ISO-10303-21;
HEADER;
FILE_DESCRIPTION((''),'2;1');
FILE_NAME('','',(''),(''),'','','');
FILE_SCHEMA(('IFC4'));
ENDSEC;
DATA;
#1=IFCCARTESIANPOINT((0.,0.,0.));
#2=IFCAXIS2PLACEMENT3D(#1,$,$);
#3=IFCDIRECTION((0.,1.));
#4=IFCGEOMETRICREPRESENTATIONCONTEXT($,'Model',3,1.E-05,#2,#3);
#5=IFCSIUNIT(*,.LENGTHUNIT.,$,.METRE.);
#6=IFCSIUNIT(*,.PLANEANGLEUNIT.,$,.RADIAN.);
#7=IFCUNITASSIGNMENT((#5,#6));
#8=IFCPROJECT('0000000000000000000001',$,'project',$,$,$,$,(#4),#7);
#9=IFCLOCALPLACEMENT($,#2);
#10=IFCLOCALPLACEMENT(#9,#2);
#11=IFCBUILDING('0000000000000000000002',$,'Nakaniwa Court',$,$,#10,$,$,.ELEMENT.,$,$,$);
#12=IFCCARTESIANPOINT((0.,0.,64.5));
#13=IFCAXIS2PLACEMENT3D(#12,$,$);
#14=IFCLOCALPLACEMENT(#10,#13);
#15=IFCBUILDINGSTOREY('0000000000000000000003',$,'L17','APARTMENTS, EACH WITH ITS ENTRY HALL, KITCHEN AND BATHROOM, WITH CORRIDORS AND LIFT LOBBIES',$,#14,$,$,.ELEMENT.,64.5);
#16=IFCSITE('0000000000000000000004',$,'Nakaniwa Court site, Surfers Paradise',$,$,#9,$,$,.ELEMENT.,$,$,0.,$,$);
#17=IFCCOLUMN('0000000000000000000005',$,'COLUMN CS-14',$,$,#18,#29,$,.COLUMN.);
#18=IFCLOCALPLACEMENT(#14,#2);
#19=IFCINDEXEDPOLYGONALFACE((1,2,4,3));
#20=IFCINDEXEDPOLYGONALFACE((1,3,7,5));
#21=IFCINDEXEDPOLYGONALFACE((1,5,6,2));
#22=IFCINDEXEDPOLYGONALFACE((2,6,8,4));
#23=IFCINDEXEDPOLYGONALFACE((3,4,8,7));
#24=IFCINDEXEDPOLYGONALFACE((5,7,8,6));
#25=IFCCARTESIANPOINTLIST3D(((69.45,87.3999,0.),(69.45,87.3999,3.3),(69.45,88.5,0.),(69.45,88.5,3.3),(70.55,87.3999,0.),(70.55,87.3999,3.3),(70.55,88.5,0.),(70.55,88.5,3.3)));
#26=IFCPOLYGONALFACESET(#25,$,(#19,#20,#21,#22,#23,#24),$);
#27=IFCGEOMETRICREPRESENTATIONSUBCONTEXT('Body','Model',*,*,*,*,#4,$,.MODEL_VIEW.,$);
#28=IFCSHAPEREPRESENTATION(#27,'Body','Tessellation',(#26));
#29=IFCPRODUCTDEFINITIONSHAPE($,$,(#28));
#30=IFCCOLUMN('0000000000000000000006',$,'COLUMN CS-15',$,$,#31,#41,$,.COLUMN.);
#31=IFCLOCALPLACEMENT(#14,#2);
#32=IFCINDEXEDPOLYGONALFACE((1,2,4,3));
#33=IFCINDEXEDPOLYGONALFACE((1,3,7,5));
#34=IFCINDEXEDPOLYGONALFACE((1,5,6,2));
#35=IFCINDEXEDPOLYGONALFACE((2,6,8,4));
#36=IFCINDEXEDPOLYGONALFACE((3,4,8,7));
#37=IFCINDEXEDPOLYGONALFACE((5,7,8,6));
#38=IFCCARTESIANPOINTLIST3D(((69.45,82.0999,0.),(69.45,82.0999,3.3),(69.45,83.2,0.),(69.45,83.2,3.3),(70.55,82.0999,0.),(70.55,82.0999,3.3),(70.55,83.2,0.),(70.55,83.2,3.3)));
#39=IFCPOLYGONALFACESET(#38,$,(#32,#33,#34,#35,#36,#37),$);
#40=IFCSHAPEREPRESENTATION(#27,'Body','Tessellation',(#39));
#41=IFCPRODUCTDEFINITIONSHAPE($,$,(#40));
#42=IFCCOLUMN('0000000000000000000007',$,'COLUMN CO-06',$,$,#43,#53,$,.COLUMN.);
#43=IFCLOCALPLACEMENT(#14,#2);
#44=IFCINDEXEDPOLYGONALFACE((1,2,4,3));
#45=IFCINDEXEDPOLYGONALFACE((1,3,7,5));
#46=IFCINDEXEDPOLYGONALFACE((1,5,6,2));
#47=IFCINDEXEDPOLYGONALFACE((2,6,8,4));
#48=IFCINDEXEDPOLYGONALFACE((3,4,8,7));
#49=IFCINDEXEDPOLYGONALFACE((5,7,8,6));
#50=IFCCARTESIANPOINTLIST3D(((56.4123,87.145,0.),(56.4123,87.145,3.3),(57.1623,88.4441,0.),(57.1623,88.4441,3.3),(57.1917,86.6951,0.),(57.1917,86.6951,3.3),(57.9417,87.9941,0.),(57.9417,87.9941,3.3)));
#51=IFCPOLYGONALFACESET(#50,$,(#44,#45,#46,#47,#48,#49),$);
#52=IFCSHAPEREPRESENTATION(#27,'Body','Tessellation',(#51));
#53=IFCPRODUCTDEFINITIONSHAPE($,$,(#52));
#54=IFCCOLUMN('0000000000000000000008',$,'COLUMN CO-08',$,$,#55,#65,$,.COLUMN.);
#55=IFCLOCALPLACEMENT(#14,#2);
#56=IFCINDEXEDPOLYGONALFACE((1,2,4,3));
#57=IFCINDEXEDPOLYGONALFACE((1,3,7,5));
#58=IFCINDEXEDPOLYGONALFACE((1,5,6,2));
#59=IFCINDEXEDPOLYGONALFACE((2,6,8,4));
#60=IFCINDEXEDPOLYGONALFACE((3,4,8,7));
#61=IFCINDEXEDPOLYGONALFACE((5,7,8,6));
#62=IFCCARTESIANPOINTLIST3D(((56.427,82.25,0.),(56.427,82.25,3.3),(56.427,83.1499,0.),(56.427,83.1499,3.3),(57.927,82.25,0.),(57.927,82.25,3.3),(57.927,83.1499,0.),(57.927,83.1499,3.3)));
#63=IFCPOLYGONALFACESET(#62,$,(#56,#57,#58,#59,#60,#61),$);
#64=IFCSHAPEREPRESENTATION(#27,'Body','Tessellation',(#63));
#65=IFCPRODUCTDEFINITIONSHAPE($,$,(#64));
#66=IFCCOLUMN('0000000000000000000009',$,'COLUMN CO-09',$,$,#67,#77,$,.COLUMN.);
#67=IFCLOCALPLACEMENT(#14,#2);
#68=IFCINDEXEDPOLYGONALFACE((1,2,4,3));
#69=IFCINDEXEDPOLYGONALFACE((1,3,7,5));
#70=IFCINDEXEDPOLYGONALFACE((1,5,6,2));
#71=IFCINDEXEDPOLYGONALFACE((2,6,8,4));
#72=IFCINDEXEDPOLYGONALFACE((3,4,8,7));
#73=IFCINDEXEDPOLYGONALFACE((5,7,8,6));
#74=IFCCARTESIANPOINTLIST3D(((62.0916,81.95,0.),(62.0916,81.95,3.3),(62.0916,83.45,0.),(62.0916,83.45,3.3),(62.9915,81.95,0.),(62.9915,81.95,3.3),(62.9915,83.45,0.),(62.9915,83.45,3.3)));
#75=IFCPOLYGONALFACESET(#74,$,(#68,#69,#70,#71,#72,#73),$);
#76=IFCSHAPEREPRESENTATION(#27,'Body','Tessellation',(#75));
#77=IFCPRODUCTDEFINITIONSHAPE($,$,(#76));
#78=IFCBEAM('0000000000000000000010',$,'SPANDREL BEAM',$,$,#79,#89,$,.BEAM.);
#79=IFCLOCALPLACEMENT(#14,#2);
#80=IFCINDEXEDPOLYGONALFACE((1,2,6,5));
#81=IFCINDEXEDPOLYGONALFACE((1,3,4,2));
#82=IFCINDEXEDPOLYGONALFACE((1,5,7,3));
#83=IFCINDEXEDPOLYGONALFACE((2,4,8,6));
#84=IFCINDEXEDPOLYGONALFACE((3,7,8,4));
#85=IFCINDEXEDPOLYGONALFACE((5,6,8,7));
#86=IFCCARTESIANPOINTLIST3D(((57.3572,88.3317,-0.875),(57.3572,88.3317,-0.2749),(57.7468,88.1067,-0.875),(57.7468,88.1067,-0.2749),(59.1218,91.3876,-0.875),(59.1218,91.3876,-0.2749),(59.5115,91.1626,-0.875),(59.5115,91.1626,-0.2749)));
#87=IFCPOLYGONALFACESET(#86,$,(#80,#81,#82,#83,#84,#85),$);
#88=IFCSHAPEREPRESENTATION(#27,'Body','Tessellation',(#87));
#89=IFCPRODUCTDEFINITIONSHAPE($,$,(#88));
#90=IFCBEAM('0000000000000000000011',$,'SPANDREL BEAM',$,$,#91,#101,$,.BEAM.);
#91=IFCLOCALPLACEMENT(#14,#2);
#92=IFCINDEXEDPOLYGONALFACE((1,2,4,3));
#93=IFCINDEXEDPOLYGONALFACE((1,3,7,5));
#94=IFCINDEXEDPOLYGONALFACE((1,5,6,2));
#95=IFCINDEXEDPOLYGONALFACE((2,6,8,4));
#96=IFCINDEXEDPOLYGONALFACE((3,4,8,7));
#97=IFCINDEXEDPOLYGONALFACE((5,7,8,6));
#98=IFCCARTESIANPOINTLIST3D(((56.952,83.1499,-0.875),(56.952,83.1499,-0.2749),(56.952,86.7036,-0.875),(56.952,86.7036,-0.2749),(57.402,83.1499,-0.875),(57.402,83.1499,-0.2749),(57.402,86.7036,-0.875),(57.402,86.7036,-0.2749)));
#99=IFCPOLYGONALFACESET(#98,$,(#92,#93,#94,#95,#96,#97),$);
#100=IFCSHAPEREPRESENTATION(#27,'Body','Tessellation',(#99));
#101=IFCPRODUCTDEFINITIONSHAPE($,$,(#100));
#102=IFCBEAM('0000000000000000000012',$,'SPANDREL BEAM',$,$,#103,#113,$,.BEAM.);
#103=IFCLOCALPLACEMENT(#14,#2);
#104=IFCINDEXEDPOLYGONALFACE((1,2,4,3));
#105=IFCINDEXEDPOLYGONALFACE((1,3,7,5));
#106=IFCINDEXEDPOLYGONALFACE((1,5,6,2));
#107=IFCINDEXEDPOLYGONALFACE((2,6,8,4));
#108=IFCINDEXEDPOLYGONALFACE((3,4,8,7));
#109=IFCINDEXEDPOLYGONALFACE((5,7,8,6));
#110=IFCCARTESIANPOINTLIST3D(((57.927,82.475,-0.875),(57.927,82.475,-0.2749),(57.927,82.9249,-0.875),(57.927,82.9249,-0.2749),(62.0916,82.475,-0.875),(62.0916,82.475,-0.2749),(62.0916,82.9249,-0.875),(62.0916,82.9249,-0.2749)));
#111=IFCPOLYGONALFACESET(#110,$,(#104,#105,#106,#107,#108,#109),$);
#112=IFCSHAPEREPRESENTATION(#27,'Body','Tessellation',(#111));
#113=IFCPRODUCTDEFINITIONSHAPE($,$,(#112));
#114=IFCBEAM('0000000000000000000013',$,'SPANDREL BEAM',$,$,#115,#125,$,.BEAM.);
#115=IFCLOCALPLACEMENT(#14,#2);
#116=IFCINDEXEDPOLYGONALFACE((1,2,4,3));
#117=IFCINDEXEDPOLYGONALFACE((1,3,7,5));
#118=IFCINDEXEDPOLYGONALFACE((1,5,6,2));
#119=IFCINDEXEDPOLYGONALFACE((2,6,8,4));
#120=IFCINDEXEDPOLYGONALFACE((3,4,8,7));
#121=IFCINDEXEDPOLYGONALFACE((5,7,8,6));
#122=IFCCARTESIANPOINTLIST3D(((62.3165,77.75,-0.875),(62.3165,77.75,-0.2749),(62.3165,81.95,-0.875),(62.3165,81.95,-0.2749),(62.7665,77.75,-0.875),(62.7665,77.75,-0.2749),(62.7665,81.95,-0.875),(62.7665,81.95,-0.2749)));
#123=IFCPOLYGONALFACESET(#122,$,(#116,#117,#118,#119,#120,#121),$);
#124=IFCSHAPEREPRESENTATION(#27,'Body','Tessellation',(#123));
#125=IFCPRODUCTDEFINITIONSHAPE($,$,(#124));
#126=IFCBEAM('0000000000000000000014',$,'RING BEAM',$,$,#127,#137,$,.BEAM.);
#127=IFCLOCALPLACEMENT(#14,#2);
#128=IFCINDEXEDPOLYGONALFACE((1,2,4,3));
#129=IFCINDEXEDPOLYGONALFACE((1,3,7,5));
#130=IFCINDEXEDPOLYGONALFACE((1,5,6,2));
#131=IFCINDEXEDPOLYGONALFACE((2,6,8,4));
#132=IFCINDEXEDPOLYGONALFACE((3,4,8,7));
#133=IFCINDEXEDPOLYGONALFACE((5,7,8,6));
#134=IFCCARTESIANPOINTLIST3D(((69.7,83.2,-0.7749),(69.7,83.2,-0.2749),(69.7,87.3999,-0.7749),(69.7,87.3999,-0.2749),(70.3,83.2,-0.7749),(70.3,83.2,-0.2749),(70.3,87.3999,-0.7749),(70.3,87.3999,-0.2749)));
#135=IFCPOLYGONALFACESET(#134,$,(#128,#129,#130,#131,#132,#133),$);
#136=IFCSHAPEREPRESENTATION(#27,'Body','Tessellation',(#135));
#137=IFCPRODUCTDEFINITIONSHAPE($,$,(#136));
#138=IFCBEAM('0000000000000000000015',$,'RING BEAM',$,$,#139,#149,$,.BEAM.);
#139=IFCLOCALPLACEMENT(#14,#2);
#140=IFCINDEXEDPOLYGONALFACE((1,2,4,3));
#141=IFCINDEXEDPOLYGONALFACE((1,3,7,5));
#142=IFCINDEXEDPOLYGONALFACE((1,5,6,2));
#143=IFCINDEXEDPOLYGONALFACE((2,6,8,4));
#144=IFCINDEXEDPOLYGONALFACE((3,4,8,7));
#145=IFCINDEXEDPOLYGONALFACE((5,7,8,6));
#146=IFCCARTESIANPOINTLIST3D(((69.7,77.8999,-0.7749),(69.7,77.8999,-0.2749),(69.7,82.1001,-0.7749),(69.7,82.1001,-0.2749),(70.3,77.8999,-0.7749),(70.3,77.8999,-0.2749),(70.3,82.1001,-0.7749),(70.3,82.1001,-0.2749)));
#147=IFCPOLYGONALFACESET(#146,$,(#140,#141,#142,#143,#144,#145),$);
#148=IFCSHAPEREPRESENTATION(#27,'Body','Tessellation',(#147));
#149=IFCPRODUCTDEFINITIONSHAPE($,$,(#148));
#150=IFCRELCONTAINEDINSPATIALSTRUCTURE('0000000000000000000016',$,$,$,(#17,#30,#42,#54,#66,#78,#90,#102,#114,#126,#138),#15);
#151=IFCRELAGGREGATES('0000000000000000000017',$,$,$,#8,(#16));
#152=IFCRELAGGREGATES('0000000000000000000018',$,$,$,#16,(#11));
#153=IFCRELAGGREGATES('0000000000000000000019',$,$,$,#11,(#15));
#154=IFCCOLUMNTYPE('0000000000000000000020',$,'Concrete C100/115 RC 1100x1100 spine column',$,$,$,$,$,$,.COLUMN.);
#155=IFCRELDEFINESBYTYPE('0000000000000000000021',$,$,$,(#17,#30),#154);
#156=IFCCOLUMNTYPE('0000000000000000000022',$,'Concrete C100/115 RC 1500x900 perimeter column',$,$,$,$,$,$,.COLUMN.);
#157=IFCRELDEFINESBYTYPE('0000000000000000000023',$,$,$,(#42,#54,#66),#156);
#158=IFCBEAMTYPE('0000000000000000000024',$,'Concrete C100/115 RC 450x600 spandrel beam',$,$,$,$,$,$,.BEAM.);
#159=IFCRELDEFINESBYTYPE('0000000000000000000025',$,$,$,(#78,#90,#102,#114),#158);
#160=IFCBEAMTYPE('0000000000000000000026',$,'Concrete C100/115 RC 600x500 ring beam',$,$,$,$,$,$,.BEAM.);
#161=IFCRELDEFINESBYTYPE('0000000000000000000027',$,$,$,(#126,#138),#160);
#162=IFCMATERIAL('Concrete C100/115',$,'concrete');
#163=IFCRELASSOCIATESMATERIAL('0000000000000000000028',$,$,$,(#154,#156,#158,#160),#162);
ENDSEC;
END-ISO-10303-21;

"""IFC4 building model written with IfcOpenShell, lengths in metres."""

from ifc_helpers import new_model, si_unit, direction, frame, origin, origin_2d, place, context, subcontext, project, spatial, rectangle, extrude, material, material_profile, profile_set, type_object, element, save


model = new_model("IFC4")

# Units and contexts
model_context = context("Model", 3, precision=1e-05, world=origin(), true_north=direction((0.0, 1.0)))
body_context = subcontext(model_context, "Body", "Model", "MODEL_VIEW")
ifc_project = project(units=[si_unit("LENGTHUNIT", "METRE"), si_unit("PLANEANGLEUNIT", "RADIAN")], contexts=[model_context])

# Site, building, storey
site_placement = place(None, origin())
site = spatial("IfcSite", under=ifc_project, at=site_placement, Name="Nakaniwa Court site, Surfers Paradise", CompositionType="ELEMENT", RefElevation=0.0)
building_placement = place(site_placement, origin())
building = spatial("IfcBuilding", under=site, at=building_placement, Name="Nakaniwa Court", CompositionType="ELEMENT")
storey_placement = place(building_placement, frame((0.0, 0.0, 64.5)))
storey = spatial("IfcBuildingStorey", under=building, at=storey_placement, Name="L17", Description="APARTMENTS, EACH WITH ITS ENTRY HALL, KITCHEN AND BATHROOM, WITH CORRIDORS AND LIFT LOBBIES", CompositionType="ELEMENT", Elevation=64.5)

# Columns
ifc_material_1 = material(Name="Concrete C100/115", Category="concrete")
ifc_material_profile_1 = material_profile(ifc_material_1, rectangle(XDim=1.1001, YDim=1.1001, at=origin_2d()), Name="Concrete C100/115 RC 1100x1100 spine column")
ifc_profile_set_1 = profile_set([ifc_material_profile_1], Name="Concrete C100/115")
column_type_1 = type_object("IfcColumnType", Name="Concrete C100/115 RC 1100x1100 spine column", PredefinedType="COLUMN", material=ifc_profile_set_1)
for number, where, z_axis, x_axis, name in (
    (1, (70.0, 87.95, 0.0), (0.0, 0.0, 1.0), (0.0, -1.0, 0.0), "COLUMN CS-14"),
    (2, (70.0, 82.6499, 0.0), (0.0, 0.0, 1.0), (0.0, -1.0, 0.0), "COLUMN CS-15"),
):
    element("IfcColumn", number, at=place(storey_placement, frame(where, z_axis=z_axis, x_axis=x_axis)), inside=storey, type_object=column_type_1, Name=name, PredefinedType="COLUMN", context=body_context, shape_type="SweptSolid", body=[
        extrude(rectangle(XDim=1.1001, YDim=1.1001, at=origin_2d()), origin(), (0.0, 0.0, 1.0), 3.3),
    ])
ifc_material_profile_2 = material_profile(ifc_material_1, rectangle(XDim=1.5, YDim=0.8999, at=origin_2d()), Name="Concrete C100/115 RC 1500x900 perimeter column")
ifc_profile_set_2 = profile_set([ifc_material_profile_2], Name="Concrete C100/115")
column_type_2 = type_object("IfcColumnType", Name="Concrete C100/115 RC 1500x900 perimeter column", PredefinedType="COLUMN", material=ifc_profile_set_2)
for number, where, z_axis, x_axis, name in (
    (3, (57.177, 87.5696, 0.0), (0.0, 0.0, 1.0), (-0.5, -0.866025, 0.0), "COLUMN CO-06"),
    (4, (57.177, 82.7, 0.0), (0.0, 0.0, 1.0), (1.0, 0.0, 0.0), "COLUMN CO-08"),
    (5, (62.5415, 82.7, 0.0), (0.0, 0.0, 1.0), (0.0, -1.0, 0.0), "COLUMN CO-09"),
):
    element("IfcColumn", number, at=place(storey_placement, frame(where, z_axis=z_axis, x_axis=x_axis)), inside=storey, type_object=column_type_2, Name=name, PredefinedType="COLUMN", context=body_context, shape_type="SweptSolid", body=[
        extrude(rectangle(XDim=1.5, YDim=0.8999, at=origin_2d()), origin(), (0.0, 0.0, 1.0), 3.3),
    ])

# Beams
ifc_material_profile_3 = material_profile(ifc_material_1, rectangle(XDim=0.45, YDim=0.6001, at=origin_2d()), Name="Concrete C100/115 RC 450x600 spandrel beam")
ifc_profile_set_3 = profile_set([ifc_material_profile_3], Name="Concrete C100/115")
beam_type_1 = type_object("IfcBeamType", Name="Concrete C100/115 RC 450x600 spandrel beam", PredefinedType="BEAM", material=ifc_profile_set_3)
beam_1_placement = place(storey_placement, frame((59.3167, 91.2751, -0.575), z_axis=(-0.500068, -0.865986, 0.0), x_axis=(0.865986, -0.500068, 0.0)))
element("IfcBeam", 6, at=beam_1_placement, inside=storey, type_object=beam_type_1, Name="SPANDREL BEAM", PredefinedType="BEAM", context=body_context, shape_type="SweptSolid", body=[
    extrude(rectangle(XDim=0.45, YDim=0.6001, at=origin_2d()), origin(), (0.0, 0.0, 1.0), 3.5288),
])
beam_2_placement = place(storey_placement, frame((57.177, 86.7036, -0.575), z_axis=(0.0, -1.0, 0.0), x_axis=(1.0, 0.0, 0.0)))
element("IfcBeam", 7, at=beam_2_placement, inside=storey, type_object=beam_type_1, Name="SPANDREL BEAM", PredefinedType="BEAM", context=body_context, shape_type="SweptSolid", body=[
    extrude(rectangle(XDim=0.45, YDim=0.6001, at=origin_2d()), origin(), (0.0, 0.0, 1.0), 3.5537),
])
beam_3_placement = place(storey_placement, frame((57.927, 82.7, -0.575), z_axis=(1.0, 0.0, 0.0), x_axis=(0.0, 1.0, 0.0)))
element("IfcBeam", 8, at=beam_3_placement, inside=storey, type_object=beam_type_1, Name="SPANDREL BEAM", PredefinedType="BEAM", context=body_context, shape_type="SweptSolid", body=[
    extrude(rectangle(XDim=0.45, YDim=0.6001, at=origin_2d()), origin(), (0.0, 0.0, 1.0), 4.1646),
])
beam_4_placement = place(storey_placement, frame((62.5415, 81.95, -0.575), z_axis=(0.0, -1.0, 0.0), x_axis=(1.0, 0.0, 0.0)))
element("IfcBeam", 9, at=beam_4_placement, inside=storey, type_object=beam_type_1, Name="SPANDREL BEAM", PredefinedType="BEAM", context=body_context, shape_type="SweptSolid", body=[
    extrude(rectangle(XDim=0.45, YDim=0.6001, at=origin_2d()), origin(), (0.0, 0.0, 1.0), 4.2),
])
ifc_material_profile_4 = material_profile(ifc_material_1, rectangle(XDim=0.6001, YDim=0.5, at=origin_2d()), Name="Concrete C100/115 RC 600x500 ring beam")
ifc_profile_set_4 = profile_set([ifc_material_profile_4], Name="Concrete C100/115")
beam_type_2 = type_object("IfcBeamType", Name="Concrete C100/115 RC 600x500 ring beam", PredefinedType="BEAM", material=ifc_profile_set_4)
beam_5_placement = place(storey_placement, frame((70.0, 87.3999, -0.5249), z_axis=(0.0, -1.0, 0.0), x_axis=(1.0, 0.0, 0.0)))
element("IfcBeam", 10, at=beam_5_placement, inside=storey, type_object=beam_type_2, Name="RING BEAM", PredefinedType="BEAM", context=body_context, shape_type="SweptSolid", body=[
    extrude(rectangle(XDim=0.6001, YDim=0.5, at=origin_2d()), origin(), (0.0, 0.0, 1.0), 4.2),
])
beam_6_placement = place(storey_placement, frame((70.0, 82.1001, -0.5249), z_axis=(0.0, -1.0, 0.0), x_axis=(1.0, 0.0, 0.0)))
element("IfcBeam", 11, at=beam_6_placement, inside=storey, type_object=beam_type_2, Name="RING BEAM", PredefinedType="BEAM", context=body_context, shape_type="SweptSolid", body=[
    extrude(rectangle(XDim=0.6001, YDim=0.5, at=origin_2d()), origin(), (0.0, 0.0, 1.0), 4.2002),
])

save(model, "model.ifc")
